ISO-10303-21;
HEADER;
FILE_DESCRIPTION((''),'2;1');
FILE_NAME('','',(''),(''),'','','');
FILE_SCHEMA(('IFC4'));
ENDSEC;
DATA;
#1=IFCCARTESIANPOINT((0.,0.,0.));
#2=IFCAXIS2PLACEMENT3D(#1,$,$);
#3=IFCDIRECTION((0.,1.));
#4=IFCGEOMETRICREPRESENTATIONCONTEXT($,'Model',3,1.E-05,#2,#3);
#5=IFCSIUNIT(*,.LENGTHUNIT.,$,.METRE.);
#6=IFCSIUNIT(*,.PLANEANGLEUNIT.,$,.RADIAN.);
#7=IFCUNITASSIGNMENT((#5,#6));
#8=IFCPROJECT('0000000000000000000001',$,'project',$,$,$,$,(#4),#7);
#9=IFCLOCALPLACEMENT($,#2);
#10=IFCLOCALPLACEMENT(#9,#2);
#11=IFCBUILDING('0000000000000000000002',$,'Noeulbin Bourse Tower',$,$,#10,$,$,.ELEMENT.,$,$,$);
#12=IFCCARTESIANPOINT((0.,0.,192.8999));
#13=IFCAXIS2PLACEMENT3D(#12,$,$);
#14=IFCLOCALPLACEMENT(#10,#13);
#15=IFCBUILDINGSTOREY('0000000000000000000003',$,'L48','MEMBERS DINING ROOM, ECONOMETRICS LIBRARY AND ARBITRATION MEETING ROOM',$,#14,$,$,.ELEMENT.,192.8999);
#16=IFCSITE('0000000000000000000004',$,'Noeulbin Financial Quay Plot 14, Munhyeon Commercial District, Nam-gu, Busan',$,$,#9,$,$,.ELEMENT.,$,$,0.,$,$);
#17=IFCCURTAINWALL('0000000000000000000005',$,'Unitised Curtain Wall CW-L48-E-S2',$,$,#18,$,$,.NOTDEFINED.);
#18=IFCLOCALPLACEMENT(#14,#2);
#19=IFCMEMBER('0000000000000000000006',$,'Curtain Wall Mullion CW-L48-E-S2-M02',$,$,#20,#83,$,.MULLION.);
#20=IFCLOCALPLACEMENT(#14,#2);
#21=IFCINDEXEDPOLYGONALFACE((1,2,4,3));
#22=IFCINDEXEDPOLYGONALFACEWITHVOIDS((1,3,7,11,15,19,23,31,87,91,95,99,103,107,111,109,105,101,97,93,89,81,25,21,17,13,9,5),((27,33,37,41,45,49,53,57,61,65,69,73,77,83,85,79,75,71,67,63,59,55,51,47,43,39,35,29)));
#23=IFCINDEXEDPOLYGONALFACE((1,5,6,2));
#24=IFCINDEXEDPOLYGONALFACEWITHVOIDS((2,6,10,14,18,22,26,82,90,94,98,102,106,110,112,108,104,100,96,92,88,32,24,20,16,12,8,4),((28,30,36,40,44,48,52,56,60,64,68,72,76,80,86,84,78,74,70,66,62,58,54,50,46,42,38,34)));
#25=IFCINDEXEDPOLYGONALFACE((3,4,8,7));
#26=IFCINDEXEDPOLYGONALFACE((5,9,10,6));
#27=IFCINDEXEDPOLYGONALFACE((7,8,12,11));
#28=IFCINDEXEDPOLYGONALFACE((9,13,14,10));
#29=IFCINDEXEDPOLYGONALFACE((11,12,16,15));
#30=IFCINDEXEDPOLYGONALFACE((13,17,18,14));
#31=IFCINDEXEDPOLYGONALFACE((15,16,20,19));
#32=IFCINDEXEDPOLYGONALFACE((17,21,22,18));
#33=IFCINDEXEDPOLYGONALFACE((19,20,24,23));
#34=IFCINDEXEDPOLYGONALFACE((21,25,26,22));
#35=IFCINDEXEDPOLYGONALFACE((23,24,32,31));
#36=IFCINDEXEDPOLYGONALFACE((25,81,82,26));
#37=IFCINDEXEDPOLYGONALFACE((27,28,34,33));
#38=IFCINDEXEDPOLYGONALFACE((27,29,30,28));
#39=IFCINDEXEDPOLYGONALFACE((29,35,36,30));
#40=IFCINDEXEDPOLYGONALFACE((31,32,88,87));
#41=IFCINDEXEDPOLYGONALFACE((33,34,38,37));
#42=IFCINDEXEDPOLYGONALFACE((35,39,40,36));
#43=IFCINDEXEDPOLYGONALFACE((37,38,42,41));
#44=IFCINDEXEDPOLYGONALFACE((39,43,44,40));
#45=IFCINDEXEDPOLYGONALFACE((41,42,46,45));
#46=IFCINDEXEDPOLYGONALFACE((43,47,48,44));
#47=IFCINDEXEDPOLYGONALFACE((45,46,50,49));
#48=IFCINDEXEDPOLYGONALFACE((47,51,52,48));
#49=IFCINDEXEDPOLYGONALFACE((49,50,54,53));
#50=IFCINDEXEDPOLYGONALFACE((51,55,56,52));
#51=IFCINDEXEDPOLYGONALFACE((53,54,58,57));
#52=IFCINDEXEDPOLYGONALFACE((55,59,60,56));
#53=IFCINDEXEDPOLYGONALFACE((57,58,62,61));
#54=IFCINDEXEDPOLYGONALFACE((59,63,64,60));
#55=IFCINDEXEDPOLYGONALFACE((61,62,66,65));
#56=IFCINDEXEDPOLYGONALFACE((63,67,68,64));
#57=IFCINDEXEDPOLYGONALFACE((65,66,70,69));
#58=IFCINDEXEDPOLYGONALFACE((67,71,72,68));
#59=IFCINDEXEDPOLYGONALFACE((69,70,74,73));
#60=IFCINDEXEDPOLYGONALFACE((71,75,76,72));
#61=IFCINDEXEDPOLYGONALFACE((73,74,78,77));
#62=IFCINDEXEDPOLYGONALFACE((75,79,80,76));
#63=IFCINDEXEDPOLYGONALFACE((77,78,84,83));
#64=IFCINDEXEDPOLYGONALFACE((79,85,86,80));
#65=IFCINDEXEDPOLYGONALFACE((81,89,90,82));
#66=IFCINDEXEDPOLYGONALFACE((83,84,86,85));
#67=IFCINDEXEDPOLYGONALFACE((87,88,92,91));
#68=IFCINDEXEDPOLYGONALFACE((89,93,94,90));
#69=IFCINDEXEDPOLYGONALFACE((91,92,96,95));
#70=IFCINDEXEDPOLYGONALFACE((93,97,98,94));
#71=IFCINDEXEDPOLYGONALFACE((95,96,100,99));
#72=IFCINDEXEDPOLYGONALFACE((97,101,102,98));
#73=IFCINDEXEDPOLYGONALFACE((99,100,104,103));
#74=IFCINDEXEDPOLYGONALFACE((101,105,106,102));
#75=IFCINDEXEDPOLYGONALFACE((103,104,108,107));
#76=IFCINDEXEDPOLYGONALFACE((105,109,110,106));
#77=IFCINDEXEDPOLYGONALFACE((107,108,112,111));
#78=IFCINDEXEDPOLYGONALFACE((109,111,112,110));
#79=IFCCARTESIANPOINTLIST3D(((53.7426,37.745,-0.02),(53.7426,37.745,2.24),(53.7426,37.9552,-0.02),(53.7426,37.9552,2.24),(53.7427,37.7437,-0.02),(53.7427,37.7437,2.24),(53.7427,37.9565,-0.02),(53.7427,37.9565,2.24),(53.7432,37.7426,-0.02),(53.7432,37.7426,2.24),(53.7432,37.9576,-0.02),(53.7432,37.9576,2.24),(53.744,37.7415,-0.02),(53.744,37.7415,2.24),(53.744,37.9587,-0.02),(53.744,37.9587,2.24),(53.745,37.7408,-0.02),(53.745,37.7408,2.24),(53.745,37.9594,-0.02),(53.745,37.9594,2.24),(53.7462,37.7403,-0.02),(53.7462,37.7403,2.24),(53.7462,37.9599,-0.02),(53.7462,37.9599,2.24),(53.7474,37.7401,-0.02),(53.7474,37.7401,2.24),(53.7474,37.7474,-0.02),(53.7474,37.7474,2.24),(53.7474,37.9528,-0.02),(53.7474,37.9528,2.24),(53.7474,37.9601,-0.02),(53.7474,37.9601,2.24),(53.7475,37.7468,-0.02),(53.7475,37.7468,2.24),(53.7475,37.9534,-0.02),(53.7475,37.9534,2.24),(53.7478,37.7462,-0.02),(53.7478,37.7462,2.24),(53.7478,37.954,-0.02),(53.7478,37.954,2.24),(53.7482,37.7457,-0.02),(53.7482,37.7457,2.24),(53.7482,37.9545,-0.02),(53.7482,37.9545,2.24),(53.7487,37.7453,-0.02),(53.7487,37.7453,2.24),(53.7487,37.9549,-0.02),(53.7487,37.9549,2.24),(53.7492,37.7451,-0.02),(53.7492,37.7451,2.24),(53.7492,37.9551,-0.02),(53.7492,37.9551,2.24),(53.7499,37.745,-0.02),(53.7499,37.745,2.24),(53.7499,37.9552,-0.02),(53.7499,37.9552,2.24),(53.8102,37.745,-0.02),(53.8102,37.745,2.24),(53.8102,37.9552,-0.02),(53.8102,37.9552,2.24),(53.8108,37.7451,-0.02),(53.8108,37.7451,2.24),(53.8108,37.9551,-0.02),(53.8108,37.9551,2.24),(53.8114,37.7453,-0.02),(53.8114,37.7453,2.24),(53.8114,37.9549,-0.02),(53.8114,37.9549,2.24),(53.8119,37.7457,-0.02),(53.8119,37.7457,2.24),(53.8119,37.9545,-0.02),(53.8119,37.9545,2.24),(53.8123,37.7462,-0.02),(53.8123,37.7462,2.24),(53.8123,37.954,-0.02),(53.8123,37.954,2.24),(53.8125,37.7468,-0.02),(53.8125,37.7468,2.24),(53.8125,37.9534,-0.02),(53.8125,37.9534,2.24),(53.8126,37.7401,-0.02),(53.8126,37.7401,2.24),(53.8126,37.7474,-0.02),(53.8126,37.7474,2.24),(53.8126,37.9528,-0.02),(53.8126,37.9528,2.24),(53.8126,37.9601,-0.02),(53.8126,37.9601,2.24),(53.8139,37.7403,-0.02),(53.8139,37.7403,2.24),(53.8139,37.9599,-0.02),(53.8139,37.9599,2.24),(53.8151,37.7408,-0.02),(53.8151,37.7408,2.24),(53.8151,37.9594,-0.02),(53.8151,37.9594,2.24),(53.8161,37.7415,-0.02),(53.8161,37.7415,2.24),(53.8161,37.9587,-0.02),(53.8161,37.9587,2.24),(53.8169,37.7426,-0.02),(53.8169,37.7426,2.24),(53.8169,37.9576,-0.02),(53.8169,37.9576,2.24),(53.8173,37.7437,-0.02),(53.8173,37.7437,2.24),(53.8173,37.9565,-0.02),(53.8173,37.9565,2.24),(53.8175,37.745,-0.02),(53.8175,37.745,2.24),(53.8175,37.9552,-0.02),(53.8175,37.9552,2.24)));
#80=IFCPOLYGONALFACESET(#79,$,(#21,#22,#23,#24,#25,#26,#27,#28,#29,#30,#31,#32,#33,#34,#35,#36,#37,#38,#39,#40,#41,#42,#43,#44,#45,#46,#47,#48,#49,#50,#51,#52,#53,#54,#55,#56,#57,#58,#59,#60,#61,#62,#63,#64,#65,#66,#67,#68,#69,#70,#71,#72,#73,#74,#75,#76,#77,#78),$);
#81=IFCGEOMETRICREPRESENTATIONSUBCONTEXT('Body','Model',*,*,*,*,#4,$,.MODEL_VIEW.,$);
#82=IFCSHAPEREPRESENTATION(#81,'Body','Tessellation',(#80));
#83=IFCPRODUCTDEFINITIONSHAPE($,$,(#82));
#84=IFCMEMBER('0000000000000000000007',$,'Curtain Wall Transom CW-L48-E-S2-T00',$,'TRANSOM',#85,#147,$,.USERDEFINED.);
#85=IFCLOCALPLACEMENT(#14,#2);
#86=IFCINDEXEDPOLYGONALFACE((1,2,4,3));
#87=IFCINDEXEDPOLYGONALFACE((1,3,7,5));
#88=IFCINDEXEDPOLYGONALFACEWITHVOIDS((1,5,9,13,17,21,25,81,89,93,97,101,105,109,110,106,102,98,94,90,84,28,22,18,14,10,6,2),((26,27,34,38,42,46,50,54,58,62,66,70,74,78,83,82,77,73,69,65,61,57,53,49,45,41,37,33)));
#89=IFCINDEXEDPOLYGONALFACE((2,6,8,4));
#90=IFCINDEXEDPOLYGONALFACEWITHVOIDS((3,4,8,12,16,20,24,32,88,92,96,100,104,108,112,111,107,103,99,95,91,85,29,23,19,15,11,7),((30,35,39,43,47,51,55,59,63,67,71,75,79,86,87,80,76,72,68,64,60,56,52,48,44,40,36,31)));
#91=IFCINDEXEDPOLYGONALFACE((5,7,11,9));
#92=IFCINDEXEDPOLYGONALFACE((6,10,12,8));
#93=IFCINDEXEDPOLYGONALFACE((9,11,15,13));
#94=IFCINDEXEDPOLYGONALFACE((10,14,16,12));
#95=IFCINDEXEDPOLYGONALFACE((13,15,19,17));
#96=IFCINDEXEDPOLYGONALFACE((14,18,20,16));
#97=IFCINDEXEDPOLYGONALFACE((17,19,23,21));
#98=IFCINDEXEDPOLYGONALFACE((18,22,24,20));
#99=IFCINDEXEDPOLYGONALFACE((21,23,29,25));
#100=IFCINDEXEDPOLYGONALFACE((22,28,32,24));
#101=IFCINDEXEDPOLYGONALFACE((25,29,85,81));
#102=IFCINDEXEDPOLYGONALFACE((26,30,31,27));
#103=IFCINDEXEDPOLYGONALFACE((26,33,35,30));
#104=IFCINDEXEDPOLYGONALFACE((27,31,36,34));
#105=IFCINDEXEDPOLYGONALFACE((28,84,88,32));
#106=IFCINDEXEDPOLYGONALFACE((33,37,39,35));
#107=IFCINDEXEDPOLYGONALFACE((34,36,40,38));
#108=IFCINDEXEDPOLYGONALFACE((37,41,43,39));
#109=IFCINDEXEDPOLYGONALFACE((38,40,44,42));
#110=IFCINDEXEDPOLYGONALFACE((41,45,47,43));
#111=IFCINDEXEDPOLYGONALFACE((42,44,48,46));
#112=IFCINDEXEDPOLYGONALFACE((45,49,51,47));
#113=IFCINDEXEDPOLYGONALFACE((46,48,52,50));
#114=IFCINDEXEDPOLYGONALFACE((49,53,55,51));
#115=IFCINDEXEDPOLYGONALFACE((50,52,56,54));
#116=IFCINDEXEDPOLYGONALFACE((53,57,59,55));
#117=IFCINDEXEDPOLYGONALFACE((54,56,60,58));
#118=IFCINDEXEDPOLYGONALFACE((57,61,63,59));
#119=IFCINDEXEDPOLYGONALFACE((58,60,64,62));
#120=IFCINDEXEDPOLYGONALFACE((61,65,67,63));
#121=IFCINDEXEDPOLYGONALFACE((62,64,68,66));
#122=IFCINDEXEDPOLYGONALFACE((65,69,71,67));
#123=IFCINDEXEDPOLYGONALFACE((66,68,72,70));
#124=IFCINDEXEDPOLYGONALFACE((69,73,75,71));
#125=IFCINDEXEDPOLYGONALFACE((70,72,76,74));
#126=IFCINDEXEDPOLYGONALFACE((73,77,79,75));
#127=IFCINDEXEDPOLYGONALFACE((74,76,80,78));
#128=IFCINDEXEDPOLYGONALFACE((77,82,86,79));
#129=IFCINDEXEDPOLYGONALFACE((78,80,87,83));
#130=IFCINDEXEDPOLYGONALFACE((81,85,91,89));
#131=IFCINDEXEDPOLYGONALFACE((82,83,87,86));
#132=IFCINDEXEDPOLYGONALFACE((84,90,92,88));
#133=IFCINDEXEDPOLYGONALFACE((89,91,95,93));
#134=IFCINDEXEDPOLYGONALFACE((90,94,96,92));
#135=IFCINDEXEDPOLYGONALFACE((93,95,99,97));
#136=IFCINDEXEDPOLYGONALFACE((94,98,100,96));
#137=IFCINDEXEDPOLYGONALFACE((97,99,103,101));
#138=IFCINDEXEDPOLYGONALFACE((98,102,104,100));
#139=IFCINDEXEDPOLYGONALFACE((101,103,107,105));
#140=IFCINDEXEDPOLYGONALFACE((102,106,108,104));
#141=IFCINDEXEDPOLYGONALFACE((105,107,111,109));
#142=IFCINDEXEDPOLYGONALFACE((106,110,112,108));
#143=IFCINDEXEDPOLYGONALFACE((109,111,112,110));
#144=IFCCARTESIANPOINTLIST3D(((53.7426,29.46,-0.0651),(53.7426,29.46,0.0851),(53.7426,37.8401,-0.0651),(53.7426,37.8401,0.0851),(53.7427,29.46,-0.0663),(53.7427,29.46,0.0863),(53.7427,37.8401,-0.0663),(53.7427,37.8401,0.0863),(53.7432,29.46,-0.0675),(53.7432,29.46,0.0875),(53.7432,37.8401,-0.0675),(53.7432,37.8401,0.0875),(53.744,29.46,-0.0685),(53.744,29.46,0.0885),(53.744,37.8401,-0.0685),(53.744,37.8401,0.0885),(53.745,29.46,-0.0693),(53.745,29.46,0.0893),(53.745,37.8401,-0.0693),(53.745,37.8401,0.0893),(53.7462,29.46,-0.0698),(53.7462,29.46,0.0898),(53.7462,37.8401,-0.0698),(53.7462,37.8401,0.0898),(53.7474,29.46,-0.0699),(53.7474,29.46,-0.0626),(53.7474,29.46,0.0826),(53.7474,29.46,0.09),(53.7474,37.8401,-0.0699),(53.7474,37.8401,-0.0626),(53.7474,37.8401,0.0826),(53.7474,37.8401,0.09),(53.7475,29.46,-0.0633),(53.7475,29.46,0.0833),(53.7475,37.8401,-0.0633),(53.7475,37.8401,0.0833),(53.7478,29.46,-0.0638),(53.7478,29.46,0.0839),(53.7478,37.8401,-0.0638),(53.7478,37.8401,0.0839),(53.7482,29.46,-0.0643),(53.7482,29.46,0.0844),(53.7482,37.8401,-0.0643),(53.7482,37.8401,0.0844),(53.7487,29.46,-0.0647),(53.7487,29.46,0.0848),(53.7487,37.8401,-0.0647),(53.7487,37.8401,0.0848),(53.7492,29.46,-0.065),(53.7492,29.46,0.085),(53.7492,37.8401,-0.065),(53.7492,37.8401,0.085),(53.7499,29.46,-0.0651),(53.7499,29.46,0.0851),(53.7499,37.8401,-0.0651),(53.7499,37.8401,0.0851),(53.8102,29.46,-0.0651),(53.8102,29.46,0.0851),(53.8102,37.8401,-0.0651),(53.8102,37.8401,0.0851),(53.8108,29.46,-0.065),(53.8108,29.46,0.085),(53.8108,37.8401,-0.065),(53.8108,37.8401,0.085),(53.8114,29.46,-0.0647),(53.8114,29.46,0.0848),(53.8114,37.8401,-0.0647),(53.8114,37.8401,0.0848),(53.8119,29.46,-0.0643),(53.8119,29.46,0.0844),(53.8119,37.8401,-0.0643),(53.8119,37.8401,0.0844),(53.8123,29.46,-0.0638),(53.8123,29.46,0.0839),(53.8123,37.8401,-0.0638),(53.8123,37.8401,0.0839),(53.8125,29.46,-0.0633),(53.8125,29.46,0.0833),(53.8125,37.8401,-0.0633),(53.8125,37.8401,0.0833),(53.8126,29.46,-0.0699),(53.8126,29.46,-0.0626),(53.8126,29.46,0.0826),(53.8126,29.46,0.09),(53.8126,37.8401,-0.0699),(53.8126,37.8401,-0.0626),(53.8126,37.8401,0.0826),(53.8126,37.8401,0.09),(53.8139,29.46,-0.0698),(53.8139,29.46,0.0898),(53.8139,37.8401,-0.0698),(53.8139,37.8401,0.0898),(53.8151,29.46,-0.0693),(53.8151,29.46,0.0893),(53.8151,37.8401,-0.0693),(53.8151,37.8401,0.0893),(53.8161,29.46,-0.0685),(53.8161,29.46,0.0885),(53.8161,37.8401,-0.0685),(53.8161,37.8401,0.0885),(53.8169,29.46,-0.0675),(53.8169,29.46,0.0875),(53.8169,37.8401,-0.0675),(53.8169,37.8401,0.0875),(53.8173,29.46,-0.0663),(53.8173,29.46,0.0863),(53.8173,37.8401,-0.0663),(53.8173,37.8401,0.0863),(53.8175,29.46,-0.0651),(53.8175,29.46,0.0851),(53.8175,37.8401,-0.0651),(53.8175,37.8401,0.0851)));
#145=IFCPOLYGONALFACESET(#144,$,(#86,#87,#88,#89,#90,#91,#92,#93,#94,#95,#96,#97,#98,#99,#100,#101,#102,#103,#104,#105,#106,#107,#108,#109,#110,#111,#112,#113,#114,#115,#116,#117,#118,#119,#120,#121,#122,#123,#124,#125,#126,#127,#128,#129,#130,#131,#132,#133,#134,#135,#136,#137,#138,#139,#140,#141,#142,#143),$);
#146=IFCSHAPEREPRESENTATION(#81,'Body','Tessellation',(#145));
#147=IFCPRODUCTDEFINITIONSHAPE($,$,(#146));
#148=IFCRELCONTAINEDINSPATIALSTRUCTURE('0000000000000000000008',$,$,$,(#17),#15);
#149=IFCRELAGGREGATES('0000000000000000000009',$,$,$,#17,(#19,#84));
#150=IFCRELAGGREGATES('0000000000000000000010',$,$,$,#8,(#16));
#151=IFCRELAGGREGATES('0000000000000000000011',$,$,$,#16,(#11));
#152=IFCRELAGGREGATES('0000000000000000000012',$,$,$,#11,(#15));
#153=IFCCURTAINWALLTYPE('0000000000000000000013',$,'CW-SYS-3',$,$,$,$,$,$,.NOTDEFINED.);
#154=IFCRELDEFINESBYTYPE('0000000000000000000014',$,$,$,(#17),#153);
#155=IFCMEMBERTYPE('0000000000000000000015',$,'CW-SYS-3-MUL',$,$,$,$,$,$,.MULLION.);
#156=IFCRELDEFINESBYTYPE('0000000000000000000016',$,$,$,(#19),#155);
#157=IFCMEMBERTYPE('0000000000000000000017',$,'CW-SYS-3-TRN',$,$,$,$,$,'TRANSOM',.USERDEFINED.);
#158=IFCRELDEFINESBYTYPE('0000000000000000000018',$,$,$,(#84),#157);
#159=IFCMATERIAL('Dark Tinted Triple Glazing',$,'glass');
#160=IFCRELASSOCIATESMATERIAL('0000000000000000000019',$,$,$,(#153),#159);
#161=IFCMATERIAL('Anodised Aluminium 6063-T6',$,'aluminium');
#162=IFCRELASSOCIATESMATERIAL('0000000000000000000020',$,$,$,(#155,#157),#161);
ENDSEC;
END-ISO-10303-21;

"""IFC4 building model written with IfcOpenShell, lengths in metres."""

from ifc_helpers import new_model, si_unit, direction, frame, origin, origin_2d, place, context, subcontext, project, spatial, hollow_rectangle, extrude, material, material_profile, profile_set, type_object, element, aggregate, save


model = new_model("IFC4")

# Units and contexts
model_context = context("Model", 3, precision=1e-05, world=origin(), true_north=direction((0.0, 1.0)))
body_context = subcontext(model_context, "Body", "Model", "MODEL_VIEW")
ifc_project = project(units=[si_unit("LENGTHUNIT", "METRE"), si_unit("PLANEANGLEUNIT", "RADIAN")], contexts=[model_context])

# Site, building, storey
site_placement = place(None, origin())
site = spatial("IfcSite", under=ifc_project, at=site_placement, Name="Noeulbin Financial Quay Plot 14, Munhyeon Commercial District, Nam-gu, Busan", CompositionType="ELEMENT", RefElevation=0.0)
building_placement = place(site_placement, origin())
building = spatial("IfcBuilding", under=site, at=building_placement, Name="Noeulbin Bourse Tower", CompositionType="ELEMENT")
storey_placement = place(building_placement, frame((0.0, 0.0, 192.8999)))
storey = spatial("IfcBuildingStorey", under=building, at=storey_placement, Name="L48", Description="MEMBERS DINING ROOM, ECONOMETRICS LIBRARY AND ARBITRATION MEETING ROOM", CompositionType="ELEMENT", Elevation=192.8999)

# Curtain wall, members
ifc_material_1 = material(Name="Dark Tinted Triple Glazing", Category="glass")
curtain_wall_type = type_object("IfcCurtainWallType", Name="CW-SYS-3", PredefinedType="NOTDEFINED", material=ifc_material_1)
curtain_wall_placement = place(storey_placement, origin())
curtain_wall = element("IfcCurtainWall", 1, at=curtain_wall_placement, inside=storey, type_object=curtain_wall_type, Name="Unitised Curtain Wall CW-L48-E-S2", PredefinedType="NOTDEFINED")
ifc_material_2 = material(Name="Anodised Aluminium 6063-T6", Category="aluminium")
ifc_material_profile_1 = material_profile(ifc_material_2, hollow_rectangle(XDim=0.075, YDim=0.22, WallThickness=0.0049, InnerFilletRadius=0.0024, OuterFilletRadius=0.0049, at=origin_2d()), Name="ALU-MULL-75x220x5", Category="LoadBearing")
ifc_profile_set_1 = profile_set([ifc_material_profile_1], Name="Anodised Aluminium 6063-T6")
member_type_1 = type_object("IfcMemberType", Name="CW-SYS-3-MUL", PredefinedType="MULLION", material=ifc_profile_set_1)
member_1_placement = place(storey_placement, frame((53.78, 37.8501, -0.02), z_axis=(0.0, 0.0, 1.0), x_axis=(1.0, 0.0, 0.0)))
member_1 = element("IfcMember", 2, at=member_1_placement, type_object=member_type_1, Name="Curtain Wall Mullion CW-L48-E-S2-M02", PredefinedType="MULLION", context=body_context, shape_type="SweptSolid", body=[
    extrude(hollow_rectangle(XDim=0.075, YDim=0.22, WallThickness=0.0049, InnerFilletRadius=0.0024, OuterFilletRadius=0.0049, at=origin_2d()), origin(), (0.0, 0.0, 1.0), 2.26),
])
ifc_material_profile_2 = material_profile(ifc_material_2, hollow_rectangle(XDim=0.075, YDim=0.1599, WallThickness=0.0049, InnerFilletRadius=0.0024, OuterFilletRadius=0.0049, at=origin_2d()), Name="ALU-TRAN-75x160x5", Category="LoadBearing")
ifc_profile_set_2 = profile_set([ifc_material_profile_2], Name="Anodised Aluminium 6063-T6")
member_type_2 = type_object("IfcMemberType", Name="CW-SYS-3-TRN", ElementType="TRANSOM", PredefinedType="USERDEFINED", material=ifc_profile_set_2)
member_2_placement = place(storey_placement, frame((53.78, 29.46, 0.01), z_axis=(0.0, 1.0, 0.0), x_axis=(-1.0, 0.0, 0.0)))
member_2 = element("IfcMember", 3, at=member_2_placement, type_object=member_type_2, Name="Curtain Wall Transom CW-L48-E-S2-T00", ObjectType="TRANSOM", PredefinedType="USERDEFINED", context=body_context, shape_type="SweptSolid", body=[
    extrude(hollow_rectangle(XDim=0.075, YDim=0.1599, WallThickness=0.0049, InnerFilletRadius=0.0024, OuterFilletRadius=0.0049, at=origin_2d()), origin(), (0.0, 0.0, 1.0), 8.3801),
])
aggregate(curtain_wall, [member_1, member_2])

save(model, "model.ifc")
